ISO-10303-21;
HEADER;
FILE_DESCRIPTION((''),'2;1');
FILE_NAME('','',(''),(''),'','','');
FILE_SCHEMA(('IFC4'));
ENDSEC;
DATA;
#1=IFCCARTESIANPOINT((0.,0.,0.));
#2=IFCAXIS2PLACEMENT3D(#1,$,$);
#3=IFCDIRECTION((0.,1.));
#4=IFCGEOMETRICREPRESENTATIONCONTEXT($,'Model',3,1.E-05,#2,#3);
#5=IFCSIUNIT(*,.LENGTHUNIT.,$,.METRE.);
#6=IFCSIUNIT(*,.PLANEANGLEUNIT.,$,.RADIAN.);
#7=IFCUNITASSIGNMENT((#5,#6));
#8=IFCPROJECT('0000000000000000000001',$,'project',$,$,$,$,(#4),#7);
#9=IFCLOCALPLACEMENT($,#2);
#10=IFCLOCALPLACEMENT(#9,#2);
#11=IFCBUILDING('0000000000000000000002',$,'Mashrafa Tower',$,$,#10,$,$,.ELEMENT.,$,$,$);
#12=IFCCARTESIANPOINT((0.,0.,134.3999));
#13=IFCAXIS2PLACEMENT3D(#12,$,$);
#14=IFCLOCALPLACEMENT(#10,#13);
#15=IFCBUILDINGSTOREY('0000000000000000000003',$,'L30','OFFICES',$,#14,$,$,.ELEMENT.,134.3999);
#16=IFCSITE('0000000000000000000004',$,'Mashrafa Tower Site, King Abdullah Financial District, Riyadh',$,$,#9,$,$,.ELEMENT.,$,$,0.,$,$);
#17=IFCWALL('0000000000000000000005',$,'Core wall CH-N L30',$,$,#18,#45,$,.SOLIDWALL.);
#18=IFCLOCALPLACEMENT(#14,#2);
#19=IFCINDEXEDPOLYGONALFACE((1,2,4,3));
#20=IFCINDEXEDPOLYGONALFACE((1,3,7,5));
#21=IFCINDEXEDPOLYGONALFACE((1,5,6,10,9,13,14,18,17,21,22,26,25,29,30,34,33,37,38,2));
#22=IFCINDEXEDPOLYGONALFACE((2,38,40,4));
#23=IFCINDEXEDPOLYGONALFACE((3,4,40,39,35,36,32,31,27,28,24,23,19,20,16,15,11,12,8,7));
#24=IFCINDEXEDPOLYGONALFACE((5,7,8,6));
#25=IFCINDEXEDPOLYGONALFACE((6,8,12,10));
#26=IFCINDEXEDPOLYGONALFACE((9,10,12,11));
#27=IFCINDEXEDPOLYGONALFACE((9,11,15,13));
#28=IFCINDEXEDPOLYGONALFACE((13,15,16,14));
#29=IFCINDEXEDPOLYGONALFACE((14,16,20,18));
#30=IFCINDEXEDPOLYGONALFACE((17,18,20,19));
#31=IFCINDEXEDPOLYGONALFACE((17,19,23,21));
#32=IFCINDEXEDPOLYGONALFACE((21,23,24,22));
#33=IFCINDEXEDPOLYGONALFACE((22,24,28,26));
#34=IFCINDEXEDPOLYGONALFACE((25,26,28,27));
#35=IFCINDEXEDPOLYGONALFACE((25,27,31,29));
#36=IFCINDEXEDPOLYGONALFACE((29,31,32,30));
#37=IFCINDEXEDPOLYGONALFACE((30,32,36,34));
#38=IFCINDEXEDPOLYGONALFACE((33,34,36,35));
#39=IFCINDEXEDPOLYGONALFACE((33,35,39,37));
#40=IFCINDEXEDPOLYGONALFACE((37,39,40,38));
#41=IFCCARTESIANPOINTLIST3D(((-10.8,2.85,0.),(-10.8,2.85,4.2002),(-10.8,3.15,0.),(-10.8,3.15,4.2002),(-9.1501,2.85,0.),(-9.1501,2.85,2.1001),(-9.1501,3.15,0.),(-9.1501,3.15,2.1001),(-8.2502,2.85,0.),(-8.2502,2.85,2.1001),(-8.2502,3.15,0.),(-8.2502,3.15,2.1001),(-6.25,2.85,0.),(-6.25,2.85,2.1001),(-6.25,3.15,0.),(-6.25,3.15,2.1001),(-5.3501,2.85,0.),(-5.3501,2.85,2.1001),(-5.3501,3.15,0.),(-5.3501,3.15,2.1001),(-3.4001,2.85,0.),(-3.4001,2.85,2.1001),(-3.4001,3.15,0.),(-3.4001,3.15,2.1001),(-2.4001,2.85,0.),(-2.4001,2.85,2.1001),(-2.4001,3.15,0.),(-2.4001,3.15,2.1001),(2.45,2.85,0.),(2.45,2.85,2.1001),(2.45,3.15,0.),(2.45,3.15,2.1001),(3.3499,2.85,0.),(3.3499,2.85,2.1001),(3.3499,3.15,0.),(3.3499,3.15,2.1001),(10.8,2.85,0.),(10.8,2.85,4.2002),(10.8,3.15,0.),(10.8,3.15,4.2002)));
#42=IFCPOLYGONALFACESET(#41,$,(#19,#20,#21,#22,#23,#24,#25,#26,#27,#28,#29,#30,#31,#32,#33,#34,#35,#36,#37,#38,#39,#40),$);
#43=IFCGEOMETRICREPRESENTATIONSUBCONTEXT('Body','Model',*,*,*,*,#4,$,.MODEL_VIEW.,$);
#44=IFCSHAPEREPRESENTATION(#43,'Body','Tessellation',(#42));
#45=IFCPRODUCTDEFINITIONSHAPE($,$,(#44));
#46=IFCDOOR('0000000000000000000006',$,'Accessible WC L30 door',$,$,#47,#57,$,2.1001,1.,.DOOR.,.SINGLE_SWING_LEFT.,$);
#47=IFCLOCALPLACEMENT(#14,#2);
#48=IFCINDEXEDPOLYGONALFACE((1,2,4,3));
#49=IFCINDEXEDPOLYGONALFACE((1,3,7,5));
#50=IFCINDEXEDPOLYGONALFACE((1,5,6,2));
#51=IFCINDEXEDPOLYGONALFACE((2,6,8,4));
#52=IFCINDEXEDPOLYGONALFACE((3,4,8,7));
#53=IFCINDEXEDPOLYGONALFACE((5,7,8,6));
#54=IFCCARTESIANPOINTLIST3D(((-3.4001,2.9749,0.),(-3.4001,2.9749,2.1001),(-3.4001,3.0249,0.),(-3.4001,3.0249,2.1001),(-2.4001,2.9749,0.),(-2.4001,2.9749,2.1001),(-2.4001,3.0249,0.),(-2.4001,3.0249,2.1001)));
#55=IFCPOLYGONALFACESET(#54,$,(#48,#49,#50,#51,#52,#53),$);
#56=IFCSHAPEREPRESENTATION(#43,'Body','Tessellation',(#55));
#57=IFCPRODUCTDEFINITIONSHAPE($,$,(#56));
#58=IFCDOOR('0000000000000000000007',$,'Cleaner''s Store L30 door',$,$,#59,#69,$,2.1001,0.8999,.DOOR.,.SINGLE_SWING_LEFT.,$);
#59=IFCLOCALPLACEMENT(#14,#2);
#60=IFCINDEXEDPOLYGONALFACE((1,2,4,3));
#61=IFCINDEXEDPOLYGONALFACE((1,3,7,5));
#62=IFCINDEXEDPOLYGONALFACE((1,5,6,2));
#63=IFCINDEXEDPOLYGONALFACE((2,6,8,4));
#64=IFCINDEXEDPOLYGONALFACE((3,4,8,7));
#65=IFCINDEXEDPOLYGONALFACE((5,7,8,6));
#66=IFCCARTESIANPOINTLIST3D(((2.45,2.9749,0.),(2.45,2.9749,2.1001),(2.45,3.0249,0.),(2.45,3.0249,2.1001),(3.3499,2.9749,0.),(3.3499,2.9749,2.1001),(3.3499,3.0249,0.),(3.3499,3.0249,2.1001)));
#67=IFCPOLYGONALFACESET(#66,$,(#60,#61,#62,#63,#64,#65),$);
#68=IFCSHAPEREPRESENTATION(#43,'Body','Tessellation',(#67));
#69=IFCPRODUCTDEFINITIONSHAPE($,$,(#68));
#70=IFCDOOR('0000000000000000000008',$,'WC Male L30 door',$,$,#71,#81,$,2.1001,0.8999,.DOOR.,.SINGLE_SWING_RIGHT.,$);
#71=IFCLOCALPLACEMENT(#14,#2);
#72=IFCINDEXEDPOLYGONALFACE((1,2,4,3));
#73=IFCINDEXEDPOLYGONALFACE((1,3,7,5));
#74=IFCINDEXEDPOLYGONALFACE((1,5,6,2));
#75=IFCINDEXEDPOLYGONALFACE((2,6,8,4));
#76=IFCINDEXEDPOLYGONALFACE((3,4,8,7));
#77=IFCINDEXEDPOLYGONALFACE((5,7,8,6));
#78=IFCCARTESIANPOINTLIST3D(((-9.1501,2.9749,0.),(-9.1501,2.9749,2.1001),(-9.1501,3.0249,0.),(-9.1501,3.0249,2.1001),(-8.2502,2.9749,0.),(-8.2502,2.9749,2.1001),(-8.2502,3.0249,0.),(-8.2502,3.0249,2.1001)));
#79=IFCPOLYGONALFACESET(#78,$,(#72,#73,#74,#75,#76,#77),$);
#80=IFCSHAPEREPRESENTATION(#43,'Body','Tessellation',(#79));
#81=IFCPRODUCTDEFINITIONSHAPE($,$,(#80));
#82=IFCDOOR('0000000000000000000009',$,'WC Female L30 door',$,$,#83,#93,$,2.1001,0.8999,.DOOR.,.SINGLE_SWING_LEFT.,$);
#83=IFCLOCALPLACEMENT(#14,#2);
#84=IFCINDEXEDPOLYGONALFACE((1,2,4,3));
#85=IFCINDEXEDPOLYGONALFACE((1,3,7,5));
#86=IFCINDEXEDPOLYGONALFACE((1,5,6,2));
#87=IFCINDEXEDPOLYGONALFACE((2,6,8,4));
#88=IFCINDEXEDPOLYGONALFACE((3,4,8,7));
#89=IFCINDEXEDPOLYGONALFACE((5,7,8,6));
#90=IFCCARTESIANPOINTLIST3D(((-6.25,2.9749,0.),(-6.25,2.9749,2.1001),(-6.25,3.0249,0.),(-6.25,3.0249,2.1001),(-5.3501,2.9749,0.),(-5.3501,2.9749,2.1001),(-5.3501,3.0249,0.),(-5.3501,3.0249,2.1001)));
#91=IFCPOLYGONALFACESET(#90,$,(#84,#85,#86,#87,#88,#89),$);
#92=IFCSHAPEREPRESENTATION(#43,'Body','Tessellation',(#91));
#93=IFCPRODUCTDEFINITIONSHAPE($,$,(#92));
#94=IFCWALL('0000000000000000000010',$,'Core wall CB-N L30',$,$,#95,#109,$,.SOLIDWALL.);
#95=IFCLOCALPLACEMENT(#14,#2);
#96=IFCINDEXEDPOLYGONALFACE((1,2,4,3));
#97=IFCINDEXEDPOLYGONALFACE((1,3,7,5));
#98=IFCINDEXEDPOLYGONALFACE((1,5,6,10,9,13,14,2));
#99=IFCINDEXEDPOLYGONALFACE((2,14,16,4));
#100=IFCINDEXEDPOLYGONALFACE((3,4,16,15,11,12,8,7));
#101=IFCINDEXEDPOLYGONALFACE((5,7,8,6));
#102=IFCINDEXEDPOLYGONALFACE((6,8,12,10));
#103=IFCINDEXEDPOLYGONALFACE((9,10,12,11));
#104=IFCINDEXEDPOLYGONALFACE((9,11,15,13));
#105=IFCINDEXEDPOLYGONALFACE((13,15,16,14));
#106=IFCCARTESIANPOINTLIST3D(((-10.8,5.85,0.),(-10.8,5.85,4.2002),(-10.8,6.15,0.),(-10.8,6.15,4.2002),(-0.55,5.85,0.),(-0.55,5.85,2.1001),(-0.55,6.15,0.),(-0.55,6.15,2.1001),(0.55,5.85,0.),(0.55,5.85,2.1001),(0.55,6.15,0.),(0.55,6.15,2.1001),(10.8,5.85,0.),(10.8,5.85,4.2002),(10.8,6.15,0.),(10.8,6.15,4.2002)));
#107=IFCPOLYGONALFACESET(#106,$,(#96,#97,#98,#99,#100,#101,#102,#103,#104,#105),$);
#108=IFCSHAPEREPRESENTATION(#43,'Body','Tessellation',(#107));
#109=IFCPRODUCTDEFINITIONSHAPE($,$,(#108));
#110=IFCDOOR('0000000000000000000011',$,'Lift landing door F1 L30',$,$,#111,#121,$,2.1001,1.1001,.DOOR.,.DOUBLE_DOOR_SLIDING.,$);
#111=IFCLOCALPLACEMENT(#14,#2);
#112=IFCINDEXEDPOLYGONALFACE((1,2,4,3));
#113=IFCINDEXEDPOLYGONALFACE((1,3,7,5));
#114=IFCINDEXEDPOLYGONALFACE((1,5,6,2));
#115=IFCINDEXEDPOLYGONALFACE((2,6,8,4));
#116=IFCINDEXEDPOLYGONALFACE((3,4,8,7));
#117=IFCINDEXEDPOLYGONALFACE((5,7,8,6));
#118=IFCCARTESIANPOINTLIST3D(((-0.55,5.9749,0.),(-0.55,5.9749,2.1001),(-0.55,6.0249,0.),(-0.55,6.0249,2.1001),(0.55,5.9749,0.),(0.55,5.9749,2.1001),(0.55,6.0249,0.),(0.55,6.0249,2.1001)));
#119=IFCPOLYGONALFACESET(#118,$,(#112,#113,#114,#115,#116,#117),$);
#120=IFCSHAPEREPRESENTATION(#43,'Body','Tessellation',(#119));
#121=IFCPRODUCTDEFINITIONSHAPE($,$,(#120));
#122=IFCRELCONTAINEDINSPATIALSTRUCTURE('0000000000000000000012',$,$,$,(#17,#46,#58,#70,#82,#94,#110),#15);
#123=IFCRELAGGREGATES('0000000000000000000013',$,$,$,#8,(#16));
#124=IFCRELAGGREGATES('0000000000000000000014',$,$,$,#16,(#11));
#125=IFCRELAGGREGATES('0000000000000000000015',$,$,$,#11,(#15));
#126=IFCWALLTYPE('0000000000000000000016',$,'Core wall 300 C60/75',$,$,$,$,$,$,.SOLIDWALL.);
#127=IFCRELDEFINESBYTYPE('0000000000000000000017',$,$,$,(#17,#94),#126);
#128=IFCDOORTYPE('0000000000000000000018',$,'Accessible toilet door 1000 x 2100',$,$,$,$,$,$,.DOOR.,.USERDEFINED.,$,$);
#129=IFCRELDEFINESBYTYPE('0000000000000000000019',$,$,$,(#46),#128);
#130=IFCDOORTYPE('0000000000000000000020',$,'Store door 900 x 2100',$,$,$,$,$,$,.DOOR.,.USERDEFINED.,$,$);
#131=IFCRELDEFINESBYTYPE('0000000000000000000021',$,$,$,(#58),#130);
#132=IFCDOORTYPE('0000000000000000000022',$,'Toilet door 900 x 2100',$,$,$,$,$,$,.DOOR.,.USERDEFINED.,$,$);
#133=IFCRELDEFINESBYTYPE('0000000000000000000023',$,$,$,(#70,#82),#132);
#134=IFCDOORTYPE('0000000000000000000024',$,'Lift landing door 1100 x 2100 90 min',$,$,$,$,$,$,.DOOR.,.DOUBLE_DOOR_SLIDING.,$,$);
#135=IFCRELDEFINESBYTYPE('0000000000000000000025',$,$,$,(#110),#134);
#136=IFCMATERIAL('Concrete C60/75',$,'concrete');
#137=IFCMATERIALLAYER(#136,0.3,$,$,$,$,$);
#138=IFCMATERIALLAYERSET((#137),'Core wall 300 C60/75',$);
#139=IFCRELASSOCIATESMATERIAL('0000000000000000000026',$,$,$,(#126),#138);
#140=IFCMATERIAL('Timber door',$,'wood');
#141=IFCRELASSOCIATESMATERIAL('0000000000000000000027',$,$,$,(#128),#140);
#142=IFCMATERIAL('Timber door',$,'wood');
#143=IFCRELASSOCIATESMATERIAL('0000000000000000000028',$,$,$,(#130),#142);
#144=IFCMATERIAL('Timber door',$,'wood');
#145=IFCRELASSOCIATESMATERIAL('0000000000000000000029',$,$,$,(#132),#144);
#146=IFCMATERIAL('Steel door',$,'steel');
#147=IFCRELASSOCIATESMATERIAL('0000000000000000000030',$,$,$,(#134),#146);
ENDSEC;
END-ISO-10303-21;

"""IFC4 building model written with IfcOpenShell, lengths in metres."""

from ifc_helpers import new_model, si_unit, direction, frame, frame_2d, origin, place, context, subcontext, project, spatial, rectangle, extrude, material, layer, layer_set, type_object, element, fill, save


model = new_model("IFC4")

# Units and contexts
model_context = context("Model", 3, precision=1e-05, world=origin(), true_north=direction((0.0, 1.0)))
body_context = subcontext(model_context, "Body", "Model", "MODEL_VIEW")
ifc_project = project(units=[si_unit("LENGTHUNIT", "METRE"), si_unit("PLANEANGLEUNIT", "RADIAN")], contexts=[model_context])

# Site, building, storey
site_placement = place(None, origin())
site = spatial("IfcSite", under=ifc_project, at=site_placement, Name="Mashrafa Tower Site, King Abdullah Financial District, Riyadh", CompositionType="ELEMENT", RefElevation=0.0)
building_placement = place(site_placement, origin())
building = spatial("IfcBuilding", under=site, at=building_placement, Name="Mashrafa Tower", CompositionType="ELEMENT")
storey_placement = place(building_placement, frame((0.0, 0.0, 134.3999)))
storey = spatial("IfcBuildingStorey", under=building, at=storey_placement, Name="L30", Description="OFFICES", CompositionType="ELEMENT", Elevation=134.3999)

# Wall, openings, doors
ifc_material_1 = material(Name="Concrete C60/75", Category="concrete")
ifc_layer_1 = layer(ifc_material_1, 0.3)
ifc_layer_set_1 = layer_set([ifc_layer_1], Name="Core wall 300 C60/75")
wall_type_1 = type_object("IfcWallType", Name="Core wall 300 C60/75", PredefinedType="SOLIDWALL", material=ifc_layer_set_1)
wall_1_placement = place(storey_placement, frame((-10.8, 3.0, 0.0), z_axis=(0.0, 0.0, 1.0), x_axis=(1.0, 0.0, 0.0)))
wall_1 = element("IfcWall", 1, at=wall_1_placement, inside=storey, type_object=wall_type_1, Name="Core wall CH-N L30", PredefinedType="SOLIDWALL", context=body_context, shape_type="SweptSolid", body=[
    extrude(rectangle(XDim=21.6001, YDim=0.3, at=frame_2d((10.8, 0.0))), origin(), (0.0, 0.0, 1.0), 4.2002),
])
opening_1_placement = place(wall_1_placement, frame((1.6499, 0.0, 0.0)))
opening_1 = element("IfcOpeningElement", 2, at=opening_1_placement, cuts=wall_1, PredefinedType="OPENING", context=body_context, shape_type="SweptSolid", body=[
    extrude(rectangle(XDim=0.8999, YDim=2.1001, at=frame_2d((0.45, 1.05))), frame((0.0, 0.1599, 0.0), z_axis=(0.0, -1.0, 0.0), x_axis=(1.0, 0.0, 0.0)), (0.0, 0.0, 1.0), 0.3201),
])
opening_2_placement = place(wall_1_placement, frame((4.55, 0.0, 0.0)))
opening_2 = element("IfcOpeningElement", 3, at=opening_2_placement, cuts=wall_1, PredefinedType="OPENING", context=body_context, shape_type="SweptSolid", body=[
    extrude(rectangle(XDim=0.8999, YDim=2.1001, at=frame_2d((0.45, 1.05))), frame((0.0, 0.1599, 0.0), z_axis=(0.0, -1.0, 0.0), x_axis=(1.0, 0.0, 0.0)), (0.0, 0.0, 1.0), 0.3201),
])
opening_3_placement = place(wall_1_placement, frame((7.3999, 0.0, 0.0)))
opening_3 = element("IfcOpeningElement", 4, at=opening_3_placement, cuts=wall_1, PredefinedType="OPENING", context=body_context, shape_type="SweptSolid", body=[
    extrude(rectangle(XDim=1.0, YDim=2.1001, at=frame_2d((0.5, 1.05))), frame((0.0, 0.1599, 0.0), z_axis=(0.0, -1.0, 0.0), x_axis=(1.0, 0.0, 0.0)), (0.0, 0.0, 1.0), 0.3201),
])
opening_4_placement = place(wall_1_placement, frame((13.25, 0.0, 0.0)))
opening_4 = element("IfcOpeningElement", 5, at=opening_4_placement, cuts=wall_1, PredefinedType="OPENING", context=body_context, shape_type="SweptSolid", body=[
    extrude(rectangle(XDim=0.8999, YDim=2.1001, at=frame_2d((0.45, 1.05))), frame((0.0, 0.1599, 0.0), z_axis=(0.0, -1.0, 0.0), x_axis=(1.0, 0.0, 0.0)), (0.0, 0.0, 1.0), 0.3201),
])
ifc_material_2 = material(Name="Timber door", Category="wood")
door_type_1 = type_object("IfcDoorType", Name="Accessible toilet door 1000 x 2100", OperationType="USERDEFINED", PredefinedType="DOOR", material=ifc_material_2)
door_1_placement = place(opening_3_placement, origin())
door_1 = element("IfcDoor", 6, at=door_1_placement, inside=storey, type_object=door_type_1, Name="Accessible WC L30 door", OperationType="SINGLE_SWING_LEFT", OverallHeight=2.1001, OverallWidth=1.0, PredefinedType="DOOR", context=body_context, shape_type="SweptSolid", body=[
    extrude(rectangle(XDim=1.0, YDim=2.1001, at=frame_2d((0.5, 1.05))), frame((0.0, 0.0249, 0.0), z_axis=(0.0, -1.0, 0.0), x_axis=(1.0, 0.0, 0.0)), (0.0, 0.0, 1.0), 0.05),
])
fill(opening_3, door_1)
ifc_material_3 = material(Name="Timber door", Category="wood")
door_type_2 = type_object("IfcDoorType", Name="Store door 900 x 2100", OperationType="USERDEFINED", PredefinedType="DOOR", material=ifc_material_3)
door_2_placement = place(opening_4_placement, origin())
door_2 = element("IfcDoor", 7, at=door_2_placement, inside=storey, type_object=door_type_2, Name="Cleaner's Store L30 door", OperationType="SINGLE_SWING_LEFT", OverallHeight=2.1001, OverallWidth=0.8999, PredefinedType="DOOR", context=body_context, shape_type="SweptSolid", body=[
    extrude(rectangle(XDim=0.8999, YDim=2.1001, at=frame_2d((0.45, 1.05))), frame((0.0, 0.0249, 0.0), z_axis=(0.0, -1.0, 0.0), x_axis=(1.0, 0.0, 0.0)), (0.0, 0.0, 1.0), 0.05),
])
fill(opening_4, door_2)
ifc_material_4 = material(Name="Timber door", Category="wood")
door_type_3 = type_object("IfcDoorType", Name="Toilet door 900 x 2100", OperationType="USERDEFINED", PredefinedType="DOOR", material=ifc_material_4)
door_3_placement = place(opening_1_placement, origin())
door_3 = element("IfcDoor", 8, at=door_3_placement, inside=storey, type_object=door_type_3, Name="WC Male L30 door", OperationType="SINGLE_SWING_RIGHT", OverallHeight=2.1001, OverallWidth=0.8999, PredefinedType="DOOR", context=body_context, shape_type="SweptSolid", body=[
    extrude(rectangle(XDim=0.8999, YDim=2.1001, at=frame_2d((0.45, 1.05))), frame((0.0, 0.0249, 0.0), z_axis=(0.0, -1.0, 0.0), x_axis=(1.0, 0.0, 0.0)), (0.0, 0.0, 1.0), 0.05),
])
fill(opening_1, door_3)
door_4_placement = place(opening_2_placement, origin())
door_4 = element("IfcDoor", 9, at=door_4_placement, inside=storey, type_object=door_type_3, Name="WC Female L30 door", OperationType="SINGLE_SWING_LEFT", OverallHeight=2.1001, OverallWidth=0.8999, PredefinedType="DOOR", context=body_context, shape_type="SweptSolid", body=[
    extrude(rectangle(XDim=0.8999, YDim=2.1001, at=frame_2d((0.45, 1.05))), frame((0.0, 0.0249, 0.0), z_axis=(0.0, -1.0, 0.0), x_axis=(1.0, 0.0, 0.0)), (0.0, 0.0, 1.0), 0.05),
])
fill(opening_2, door_4)

# Wall, opening, door
wall_2_placement = place(storey_placement, frame((-10.8, 6.0, 0.0), z_axis=(0.0, 0.0, 1.0), x_axis=(1.0, 0.0, 0.0)))
wall_2 = element("IfcWall", 10, at=wall_2_placement, inside=storey, type_object=wall_type_1, Name="Core wall CB-N L30", PredefinedType="SOLIDWALL", context=body_context, shape_type="SweptSolid", body=[
    extrude(rectangle(XDim=21.6001, YDim=0.3, at=frame_2d((10.8, 0.0))), origin(), (0.0, 0.0, 1.0), 4.2002),
])
opening_5_placement = place(wall_2_placement, frame((10.25, 0.0, 0.0)))
opening_5 = element("IfcOpeningElement", 11, at=opening_5_placement, cuts=wall_2, PredefinedType="OPENING", context=body_context, shape_type="SweptSolid", body=[
    extrude(rectangle(XDim=1.1001, YDim=2.1001, at=frame_2d((0.55, 1.05))), frame((0.0, 0.1599, 0.0), z_axis=(0.0, -1.0, 0.0), x_axis=(1.0, 0.0, 0.0)), (0.0, 0.0, 1.0), 0.3201),
])
ifc_material_5 = material(Name="Steel door", Category="steel")
door_type_4 = type_object("IfcDoorType", Name="Lift landing door 1100 x 2100 90 min", OperationType="DOUBLE_DOOR_SLIDING", PredefinedType="DOOR", material=ifc_material_5)
door_5_placement = place(opening_5_placement, origin())
door_5 = element("IfcDoor", 12, at=door_5_placement, inside=storey, type_object=door_type_4, Name="Lift landing door F1 L30", OperationType="DOUBLE_DOOR_SLIDING", OverallHeight=2.1001, OverallWidth=1.1001, PredefinedType="DOOR", context=body_context, shape_type="SweptSolid", body=[
    extrude(rectangle(XDim=1.1001, YDim=2.1001, at=frame_2d((0.55, 1.05))), frame((0.0, 0.0249, 0.0), z_axis=(0.0, -1.0, 0.0), x_axis=(1.0, 0.0, 0.0)), (0.0, 0.0, 1.0), 0.05),
])
fill(opening_5, door_5)

save(model, "model.ifc")
